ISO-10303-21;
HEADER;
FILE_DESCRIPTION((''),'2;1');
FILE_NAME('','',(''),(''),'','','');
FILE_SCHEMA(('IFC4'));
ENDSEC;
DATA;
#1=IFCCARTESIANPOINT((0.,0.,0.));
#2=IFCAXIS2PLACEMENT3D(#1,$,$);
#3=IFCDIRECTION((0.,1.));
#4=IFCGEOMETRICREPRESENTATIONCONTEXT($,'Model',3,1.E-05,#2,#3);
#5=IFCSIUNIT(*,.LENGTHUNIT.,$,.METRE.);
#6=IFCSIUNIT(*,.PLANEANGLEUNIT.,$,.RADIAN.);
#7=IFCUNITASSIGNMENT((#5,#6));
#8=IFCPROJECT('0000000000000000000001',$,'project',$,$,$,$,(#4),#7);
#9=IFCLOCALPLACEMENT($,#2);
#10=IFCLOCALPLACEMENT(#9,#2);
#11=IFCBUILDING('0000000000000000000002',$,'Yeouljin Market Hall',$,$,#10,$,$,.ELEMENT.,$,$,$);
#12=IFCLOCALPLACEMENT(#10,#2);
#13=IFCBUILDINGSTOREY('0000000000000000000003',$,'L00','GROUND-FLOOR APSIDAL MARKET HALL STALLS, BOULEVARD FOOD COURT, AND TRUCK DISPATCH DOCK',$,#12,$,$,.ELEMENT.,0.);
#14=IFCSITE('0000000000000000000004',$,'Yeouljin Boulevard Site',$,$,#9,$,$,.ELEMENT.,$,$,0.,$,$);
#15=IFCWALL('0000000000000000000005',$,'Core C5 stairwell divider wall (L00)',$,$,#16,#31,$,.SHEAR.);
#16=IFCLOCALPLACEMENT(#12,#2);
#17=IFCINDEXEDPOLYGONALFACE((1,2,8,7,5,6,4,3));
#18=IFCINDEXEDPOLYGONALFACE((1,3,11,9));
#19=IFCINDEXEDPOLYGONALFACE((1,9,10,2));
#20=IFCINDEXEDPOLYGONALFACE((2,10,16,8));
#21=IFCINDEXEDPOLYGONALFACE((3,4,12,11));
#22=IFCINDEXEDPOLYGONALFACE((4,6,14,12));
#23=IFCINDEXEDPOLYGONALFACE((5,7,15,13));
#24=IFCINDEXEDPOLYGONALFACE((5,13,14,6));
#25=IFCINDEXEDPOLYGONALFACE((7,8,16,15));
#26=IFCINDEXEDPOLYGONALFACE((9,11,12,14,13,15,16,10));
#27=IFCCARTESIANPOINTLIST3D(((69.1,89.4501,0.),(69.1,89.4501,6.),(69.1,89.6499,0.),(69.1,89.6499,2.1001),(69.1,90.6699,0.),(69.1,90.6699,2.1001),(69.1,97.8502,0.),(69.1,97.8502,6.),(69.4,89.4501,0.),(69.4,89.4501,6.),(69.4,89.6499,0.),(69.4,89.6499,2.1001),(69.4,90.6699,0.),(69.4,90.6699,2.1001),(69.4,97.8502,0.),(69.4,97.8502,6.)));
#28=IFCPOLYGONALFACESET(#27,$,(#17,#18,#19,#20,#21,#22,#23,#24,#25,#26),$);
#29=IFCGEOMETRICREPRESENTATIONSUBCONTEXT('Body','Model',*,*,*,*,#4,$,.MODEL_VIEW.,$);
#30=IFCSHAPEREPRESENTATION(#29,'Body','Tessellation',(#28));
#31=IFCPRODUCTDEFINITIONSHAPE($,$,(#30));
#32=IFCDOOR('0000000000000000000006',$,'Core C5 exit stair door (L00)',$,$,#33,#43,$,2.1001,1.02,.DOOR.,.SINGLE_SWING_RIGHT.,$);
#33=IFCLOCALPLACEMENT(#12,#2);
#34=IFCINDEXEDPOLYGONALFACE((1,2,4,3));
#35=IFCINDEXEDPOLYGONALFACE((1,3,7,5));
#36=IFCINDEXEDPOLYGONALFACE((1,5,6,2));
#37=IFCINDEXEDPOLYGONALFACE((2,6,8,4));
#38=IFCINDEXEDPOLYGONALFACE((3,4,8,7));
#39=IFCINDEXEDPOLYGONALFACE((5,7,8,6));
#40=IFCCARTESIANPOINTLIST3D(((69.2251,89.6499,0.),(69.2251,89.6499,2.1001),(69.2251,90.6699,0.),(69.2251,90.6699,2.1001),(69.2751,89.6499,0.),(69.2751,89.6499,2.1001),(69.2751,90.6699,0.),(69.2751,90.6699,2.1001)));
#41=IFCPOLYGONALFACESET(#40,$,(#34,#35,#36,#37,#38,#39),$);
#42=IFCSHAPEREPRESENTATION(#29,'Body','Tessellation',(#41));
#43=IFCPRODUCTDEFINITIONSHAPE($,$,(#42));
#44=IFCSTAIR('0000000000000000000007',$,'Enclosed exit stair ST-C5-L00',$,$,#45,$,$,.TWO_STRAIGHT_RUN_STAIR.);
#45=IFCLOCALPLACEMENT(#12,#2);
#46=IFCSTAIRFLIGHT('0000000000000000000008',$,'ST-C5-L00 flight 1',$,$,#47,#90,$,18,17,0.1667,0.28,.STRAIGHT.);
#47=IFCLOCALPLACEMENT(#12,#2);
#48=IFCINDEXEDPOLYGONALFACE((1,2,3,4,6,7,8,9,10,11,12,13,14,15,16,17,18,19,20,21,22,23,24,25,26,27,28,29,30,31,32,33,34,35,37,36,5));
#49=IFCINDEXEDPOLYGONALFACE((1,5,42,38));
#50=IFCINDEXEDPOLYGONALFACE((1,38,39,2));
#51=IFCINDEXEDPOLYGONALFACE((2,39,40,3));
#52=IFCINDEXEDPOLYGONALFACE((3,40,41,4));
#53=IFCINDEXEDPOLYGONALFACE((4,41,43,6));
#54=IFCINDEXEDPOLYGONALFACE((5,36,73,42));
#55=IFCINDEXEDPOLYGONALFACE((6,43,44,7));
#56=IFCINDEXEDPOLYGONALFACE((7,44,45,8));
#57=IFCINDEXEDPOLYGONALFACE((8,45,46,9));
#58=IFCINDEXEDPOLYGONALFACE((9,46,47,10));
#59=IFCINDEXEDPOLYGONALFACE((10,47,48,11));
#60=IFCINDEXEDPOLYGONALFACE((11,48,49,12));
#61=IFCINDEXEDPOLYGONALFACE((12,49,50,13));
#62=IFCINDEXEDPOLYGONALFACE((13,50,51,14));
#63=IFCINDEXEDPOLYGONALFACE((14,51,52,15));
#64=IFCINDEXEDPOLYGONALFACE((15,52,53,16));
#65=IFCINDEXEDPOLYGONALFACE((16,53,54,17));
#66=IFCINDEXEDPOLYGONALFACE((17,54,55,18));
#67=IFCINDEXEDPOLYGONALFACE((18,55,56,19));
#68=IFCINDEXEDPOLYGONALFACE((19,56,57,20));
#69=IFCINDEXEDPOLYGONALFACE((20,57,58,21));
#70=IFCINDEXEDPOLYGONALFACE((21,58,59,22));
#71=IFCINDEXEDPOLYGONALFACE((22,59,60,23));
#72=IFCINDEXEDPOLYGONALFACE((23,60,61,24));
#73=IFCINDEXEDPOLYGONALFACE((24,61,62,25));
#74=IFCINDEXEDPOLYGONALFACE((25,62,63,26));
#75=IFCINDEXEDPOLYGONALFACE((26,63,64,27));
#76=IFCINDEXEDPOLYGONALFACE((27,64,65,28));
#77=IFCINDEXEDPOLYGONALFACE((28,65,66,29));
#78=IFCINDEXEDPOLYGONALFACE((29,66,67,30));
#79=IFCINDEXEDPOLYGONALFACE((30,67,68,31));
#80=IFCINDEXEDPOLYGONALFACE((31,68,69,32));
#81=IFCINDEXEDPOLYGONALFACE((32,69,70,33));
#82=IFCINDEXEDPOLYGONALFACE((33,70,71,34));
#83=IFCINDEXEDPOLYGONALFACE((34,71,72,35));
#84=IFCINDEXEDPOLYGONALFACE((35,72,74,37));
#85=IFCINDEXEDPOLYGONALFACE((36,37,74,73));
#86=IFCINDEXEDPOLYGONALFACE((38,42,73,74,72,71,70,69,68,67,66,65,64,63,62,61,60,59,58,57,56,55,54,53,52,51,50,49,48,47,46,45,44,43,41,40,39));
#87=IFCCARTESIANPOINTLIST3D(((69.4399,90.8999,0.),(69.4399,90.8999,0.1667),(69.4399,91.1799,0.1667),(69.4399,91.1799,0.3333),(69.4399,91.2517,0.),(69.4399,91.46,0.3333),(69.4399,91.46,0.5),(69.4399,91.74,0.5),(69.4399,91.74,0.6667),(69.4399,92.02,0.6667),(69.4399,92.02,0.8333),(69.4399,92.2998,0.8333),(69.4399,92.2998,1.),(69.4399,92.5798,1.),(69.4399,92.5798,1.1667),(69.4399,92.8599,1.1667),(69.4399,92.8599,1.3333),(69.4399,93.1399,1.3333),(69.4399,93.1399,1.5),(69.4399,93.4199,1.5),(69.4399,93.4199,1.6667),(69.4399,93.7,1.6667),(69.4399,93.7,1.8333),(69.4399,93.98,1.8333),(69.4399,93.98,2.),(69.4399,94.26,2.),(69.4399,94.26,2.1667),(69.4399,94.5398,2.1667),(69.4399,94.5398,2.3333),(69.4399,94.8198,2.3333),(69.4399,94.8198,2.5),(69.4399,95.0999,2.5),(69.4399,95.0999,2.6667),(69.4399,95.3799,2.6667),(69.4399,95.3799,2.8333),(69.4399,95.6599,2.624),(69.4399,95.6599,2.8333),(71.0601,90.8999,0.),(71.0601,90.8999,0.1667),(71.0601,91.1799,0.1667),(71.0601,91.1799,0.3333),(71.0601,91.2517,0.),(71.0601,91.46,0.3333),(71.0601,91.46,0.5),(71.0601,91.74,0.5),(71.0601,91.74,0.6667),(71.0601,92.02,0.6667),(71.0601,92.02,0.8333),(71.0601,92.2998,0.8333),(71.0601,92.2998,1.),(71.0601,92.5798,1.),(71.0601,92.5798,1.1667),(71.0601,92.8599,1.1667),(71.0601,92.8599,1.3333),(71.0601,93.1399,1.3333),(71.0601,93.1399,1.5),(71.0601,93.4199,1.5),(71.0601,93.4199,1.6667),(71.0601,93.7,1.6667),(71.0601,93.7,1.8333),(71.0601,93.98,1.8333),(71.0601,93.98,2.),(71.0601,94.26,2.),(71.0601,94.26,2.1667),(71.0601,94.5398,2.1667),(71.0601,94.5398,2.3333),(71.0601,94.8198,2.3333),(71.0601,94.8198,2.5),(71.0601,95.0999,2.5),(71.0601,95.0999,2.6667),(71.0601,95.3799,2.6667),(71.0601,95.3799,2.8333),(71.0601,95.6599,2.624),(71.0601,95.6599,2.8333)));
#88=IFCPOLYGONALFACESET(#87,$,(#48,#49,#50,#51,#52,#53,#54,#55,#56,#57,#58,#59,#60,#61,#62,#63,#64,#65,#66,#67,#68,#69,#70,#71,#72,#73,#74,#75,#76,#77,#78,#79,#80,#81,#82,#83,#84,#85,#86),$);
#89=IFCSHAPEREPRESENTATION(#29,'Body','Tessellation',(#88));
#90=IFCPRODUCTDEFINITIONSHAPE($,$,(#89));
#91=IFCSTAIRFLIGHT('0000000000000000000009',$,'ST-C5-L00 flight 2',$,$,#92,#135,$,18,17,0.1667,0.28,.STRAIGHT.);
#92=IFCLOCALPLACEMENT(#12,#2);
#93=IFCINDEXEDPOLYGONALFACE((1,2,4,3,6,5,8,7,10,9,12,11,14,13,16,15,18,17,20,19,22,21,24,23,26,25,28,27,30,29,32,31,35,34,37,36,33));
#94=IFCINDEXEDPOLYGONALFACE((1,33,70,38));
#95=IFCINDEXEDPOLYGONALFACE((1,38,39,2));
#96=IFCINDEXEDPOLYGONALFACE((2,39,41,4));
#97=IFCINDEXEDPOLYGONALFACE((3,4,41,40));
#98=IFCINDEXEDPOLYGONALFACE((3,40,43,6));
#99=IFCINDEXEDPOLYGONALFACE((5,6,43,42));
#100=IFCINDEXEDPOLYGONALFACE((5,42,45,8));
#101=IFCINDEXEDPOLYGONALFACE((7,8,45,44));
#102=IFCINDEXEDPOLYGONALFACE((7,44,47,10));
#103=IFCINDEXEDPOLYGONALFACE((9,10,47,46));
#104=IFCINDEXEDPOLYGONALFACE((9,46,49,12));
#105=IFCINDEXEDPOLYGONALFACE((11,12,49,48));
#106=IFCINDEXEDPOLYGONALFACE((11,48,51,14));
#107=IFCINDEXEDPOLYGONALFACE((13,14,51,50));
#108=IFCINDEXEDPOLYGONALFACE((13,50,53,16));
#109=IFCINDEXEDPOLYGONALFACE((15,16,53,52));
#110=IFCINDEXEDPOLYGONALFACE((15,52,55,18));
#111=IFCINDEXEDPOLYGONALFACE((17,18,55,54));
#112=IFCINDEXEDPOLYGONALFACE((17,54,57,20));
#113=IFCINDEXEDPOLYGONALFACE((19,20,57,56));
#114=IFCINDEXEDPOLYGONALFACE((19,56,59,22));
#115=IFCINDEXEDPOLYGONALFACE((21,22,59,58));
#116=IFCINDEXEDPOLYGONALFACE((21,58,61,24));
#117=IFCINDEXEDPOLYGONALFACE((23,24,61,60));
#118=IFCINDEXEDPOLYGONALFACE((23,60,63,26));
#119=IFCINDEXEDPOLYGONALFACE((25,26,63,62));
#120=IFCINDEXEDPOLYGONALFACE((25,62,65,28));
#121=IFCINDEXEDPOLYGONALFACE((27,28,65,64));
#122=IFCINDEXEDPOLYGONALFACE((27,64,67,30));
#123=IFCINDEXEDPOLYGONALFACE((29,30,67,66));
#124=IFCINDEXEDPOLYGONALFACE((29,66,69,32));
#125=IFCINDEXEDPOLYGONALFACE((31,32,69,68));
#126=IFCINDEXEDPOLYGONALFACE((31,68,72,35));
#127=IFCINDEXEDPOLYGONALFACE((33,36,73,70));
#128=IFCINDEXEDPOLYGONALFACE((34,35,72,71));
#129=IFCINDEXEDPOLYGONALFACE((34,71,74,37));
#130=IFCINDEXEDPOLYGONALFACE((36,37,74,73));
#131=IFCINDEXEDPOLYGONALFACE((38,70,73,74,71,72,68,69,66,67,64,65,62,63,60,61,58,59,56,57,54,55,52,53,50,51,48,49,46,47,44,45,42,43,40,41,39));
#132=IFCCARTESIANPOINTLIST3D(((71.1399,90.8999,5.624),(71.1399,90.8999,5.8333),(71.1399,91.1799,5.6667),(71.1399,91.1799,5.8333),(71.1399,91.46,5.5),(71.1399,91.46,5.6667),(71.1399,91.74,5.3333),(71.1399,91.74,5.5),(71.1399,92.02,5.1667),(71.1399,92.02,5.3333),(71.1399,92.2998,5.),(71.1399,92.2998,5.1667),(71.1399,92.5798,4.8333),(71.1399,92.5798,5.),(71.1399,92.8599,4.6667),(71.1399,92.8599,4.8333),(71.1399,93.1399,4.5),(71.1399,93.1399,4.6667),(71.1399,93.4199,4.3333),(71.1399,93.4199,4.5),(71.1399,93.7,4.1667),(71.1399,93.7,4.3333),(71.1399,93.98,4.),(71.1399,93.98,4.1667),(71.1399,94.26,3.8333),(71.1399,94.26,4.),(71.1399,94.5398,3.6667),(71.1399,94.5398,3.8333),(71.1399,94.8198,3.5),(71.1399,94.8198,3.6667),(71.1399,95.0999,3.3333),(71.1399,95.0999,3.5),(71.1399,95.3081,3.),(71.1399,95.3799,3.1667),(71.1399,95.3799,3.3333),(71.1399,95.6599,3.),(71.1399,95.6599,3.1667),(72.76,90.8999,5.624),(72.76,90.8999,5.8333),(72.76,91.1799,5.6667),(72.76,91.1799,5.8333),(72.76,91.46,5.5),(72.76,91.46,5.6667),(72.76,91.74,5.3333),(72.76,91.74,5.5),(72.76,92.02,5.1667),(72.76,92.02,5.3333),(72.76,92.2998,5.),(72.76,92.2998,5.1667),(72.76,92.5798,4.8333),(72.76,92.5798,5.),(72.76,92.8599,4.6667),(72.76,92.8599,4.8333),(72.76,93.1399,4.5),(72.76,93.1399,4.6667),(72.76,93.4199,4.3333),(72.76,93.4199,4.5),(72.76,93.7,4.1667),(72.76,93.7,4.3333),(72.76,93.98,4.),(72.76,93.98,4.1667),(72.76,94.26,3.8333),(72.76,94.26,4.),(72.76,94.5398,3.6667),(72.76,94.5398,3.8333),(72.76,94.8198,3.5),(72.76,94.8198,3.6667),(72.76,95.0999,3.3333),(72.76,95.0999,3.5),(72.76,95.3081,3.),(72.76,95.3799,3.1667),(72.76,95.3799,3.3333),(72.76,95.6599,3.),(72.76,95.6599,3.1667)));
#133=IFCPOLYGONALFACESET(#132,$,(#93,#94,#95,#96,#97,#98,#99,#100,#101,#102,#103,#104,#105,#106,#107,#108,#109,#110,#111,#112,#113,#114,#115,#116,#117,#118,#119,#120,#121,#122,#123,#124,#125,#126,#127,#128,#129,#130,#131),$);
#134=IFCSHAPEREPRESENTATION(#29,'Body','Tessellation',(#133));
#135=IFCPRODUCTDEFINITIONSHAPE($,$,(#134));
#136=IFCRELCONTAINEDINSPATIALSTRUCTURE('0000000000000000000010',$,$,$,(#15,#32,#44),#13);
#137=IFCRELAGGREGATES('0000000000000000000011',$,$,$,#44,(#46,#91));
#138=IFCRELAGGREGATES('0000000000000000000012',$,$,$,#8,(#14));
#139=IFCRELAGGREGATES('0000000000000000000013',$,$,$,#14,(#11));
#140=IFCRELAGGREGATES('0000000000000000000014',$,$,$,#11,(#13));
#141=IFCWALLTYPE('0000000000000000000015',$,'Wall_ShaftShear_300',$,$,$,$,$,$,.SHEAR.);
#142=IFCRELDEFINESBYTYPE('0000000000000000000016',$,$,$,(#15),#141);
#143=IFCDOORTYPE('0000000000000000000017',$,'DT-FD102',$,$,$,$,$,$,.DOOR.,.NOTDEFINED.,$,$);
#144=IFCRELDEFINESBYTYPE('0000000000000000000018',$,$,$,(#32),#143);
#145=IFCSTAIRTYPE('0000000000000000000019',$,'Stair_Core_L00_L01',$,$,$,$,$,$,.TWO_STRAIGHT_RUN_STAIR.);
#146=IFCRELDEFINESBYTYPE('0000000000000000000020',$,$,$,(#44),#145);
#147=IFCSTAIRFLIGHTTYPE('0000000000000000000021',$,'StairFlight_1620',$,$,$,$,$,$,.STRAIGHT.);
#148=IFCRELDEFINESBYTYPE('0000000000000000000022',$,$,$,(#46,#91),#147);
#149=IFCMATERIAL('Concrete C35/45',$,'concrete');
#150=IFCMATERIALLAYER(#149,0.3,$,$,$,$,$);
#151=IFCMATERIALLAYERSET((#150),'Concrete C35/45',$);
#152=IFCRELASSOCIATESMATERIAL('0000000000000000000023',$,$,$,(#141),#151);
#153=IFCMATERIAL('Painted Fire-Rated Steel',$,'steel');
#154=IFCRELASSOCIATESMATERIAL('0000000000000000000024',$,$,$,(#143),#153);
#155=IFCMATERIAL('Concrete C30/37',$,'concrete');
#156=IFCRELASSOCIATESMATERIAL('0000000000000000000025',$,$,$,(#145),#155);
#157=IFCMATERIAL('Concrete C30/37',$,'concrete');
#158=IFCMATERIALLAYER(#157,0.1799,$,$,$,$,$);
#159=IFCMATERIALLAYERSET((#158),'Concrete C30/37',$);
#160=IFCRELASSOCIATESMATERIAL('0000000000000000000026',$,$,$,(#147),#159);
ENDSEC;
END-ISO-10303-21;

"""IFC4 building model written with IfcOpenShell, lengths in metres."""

from ifc_helpers import new_model, si_unit, direction, frame, frame_2d, origin, place, context, subcontext, project, spatial, polyline, rectangle, outline, extrude, material, layer, layer_set, type_object, element, fill, aggregate, save


model = new_model("IFC4")

# Units and contexts
model_context = context("Model", 3, precision=1e-05, world=origin(), true_north=direction((0.0, 1.0)))
body_context = subcontext(model_context, "Body", "Model", "MODEL_VIEW")
ifc_project = project(units=[si_unit("LENGTHUNIT", "METRE"), si_unit("PLANEANGLEUNIT", "RADIAN")], contexts=[model_context])

# Site, building, storey
site_placement = place(None, origin())
site = spatial("IfcSite", under=ifc_project, at=site_placement, Name="Yeouljin Boulevard Site", CompositionType="ELEMENT", RefElevation=0.0)
building_placement = place(site_placement, origin())
building = spatial("IfcBuilding", under=site, at=building_placement, Name="Yeouljin Market Hall", CompositionType="ELEMENT")
storey_placement = place(building_placement, origin())
storey = spatial("IfcBuildingStorey", under=building, at=storey_placement, Name="L00", Description="GROUND-FLOOR APSIDAL MARKET HALL STALLS, BOULEVARD FOOD COURT, AND TRUCK DISPATCH DOCK", CompositionType="ELEMENT", Elevation=0.0)

# Wall, opening, door
ifc_material_1 = material(Name="Concrete C35/45", Category="concrete")
ifc_layer_1 = layer(ifc_material_1, 0.3)
ifc_layer_set_1 = layer_set([ifc_layer_1], Name="Concrete C35/45")
wall_type_1 = type_object("IfcWallType", Name="Wall_ShaftShear_300", PredefinedType="SHEAR", material=ifc_layer_set_1)
wall_1_placement = place(storey_placement, frame((69.25, 89.45, 0.0), z_axis=(0.0, 0.0, 1.0), x_axis=(0.0, 1.0, 0.0)))
wall_1 = element("IfcWall", 1, at=wall_1_placement, inside=storey, type_object=wall_type_1, Name="Core C5 stairwell divider wall (L00)", PredefinedType="SHEAR", context=body_context, shape_type="SweptSolid", body=[
    extrude(rectangle(XDim=8.4001, YDim=0.3, at=frame_2d((4.2002, 0.0))), origin(), (0.0, 0.0, 1.0), 6.0),
])
opening_1_placement = place(wall_1_placement, frame((0.2, 0.0, 0.0)))
opening_1 = element("IfcOpeningElement", 2, at=opening_1_placement, cuts=wall_1, PredefinedType="OPENING", context=body_context, shape_type="SweptSolid", body=[
    extrude(rectangle(XDim=1.02, YDim=2.1001, at=frame_2d((0.51, 1.05))), frame((0.0, 0.1599, 0.0), z_axis=(0.0, -1.0, 0.0), x_axis=(1.0, 0.0, 0.0)), (0.0, 0.0, 1.0), 0.3201),
])
ifc_material_2 = material(Name="Painted Fire-Rated Steel", Category="steel")
door_type_1 = type_object("IfcDoorType", Name="DT-FD102", OperationType="NOTDEFINED", PredefinedType="DOOR", material=ifc_material_2)
door_1_placement = place(opening_1_placement, origin())
door_1 = element("IfcDoor", 3, at=door_1_placement, inside=storey, type_object=door_type_1, Name="Core C5 exit stair door (L00)", OperationType="SINGLE_SWING_RIGHT", OverallHeight=2.1001, OverallWidth=1.02, PredefinedType="DOOR", context=body_context, shape_type="SweptSolid", body=[
    extrude(rectangle(XDim=1.02, YDim=2.1001, at=frame_2d((0.51, 1.05))), frame((0.0, 0.0249, 0.0), z_axis=(0.0, -1.0, 0.0), x_axis=(1.0, 0.0, 0.0)), (0.0, 0.0, 1.0), 0.05),
])
fill(opening_1, door_1)

# Stair, stair flights
ifc_material_3 = material(Name="Concrete C30/37", Category="concrete")
stair_type = type_object("IfcStairType", Name="Stair_Core_L00_L01", PredefinedType="TWO_STRAIGHT_RUN_STAIR", material=ifc_material_3)
stair_placement = place(storey_placement, origin())
stair = element("IfcStair", 4, at=stair_placement, inside=storey, type_object=stair_type, Name="Enclosed exit stair ST-C5-L00", PredefinedType="TWO_STRAIGHT_RUN_STAIR")
ifc_material_4 = material(Name="Concrete C30/37", Category="concrete")
ifc_layer_2 = layer(ifc_material_4, 0.1799)
ifc_layer_set_2 = layer_set([ifc_layer_2], Name="Concrete C30/37")
stair_flight_type = type_object("IfcStairFlightType", Name="StairFlight_1620", PredefinedType="STRAIGHT", material=ifc_layer_set_2)
stair_flight_1_placement = place(storey_placement, frame((70.25, 90.8999, 0.0), z_axis=(0.0, 0.0, 1.0), x_axis=(0.0, 1.0, 0.0)))
stair_flight_1 = element("IfcStairFlight", 5, at=stair_flight_1_placement, type_object=stair_flight_type, Name="ST-C5-L00 flight 1", NumberOfRisers=18, NumberOfTreads=17, PredefinedType="STRAIGHT", RiserHeight=0.1667, TreadLength=0.28, context=body_context, shape_type="SweptSolid", body=[
    extrude(outline(polyline([(0.0, 0.0), (0.0, 0.1667), (0.28, 0.1667), (0.28, 0.3333), (0.5601, 0.3333), (0.5601, 0.5), (0.8401, 0.5), (0.8401, 0.6667), (1.1201, 0.6667), (1.1201, 0.8333), (1.3999, 0.8333), (1.3999, 1.0), (1.6799, 1.0), (1.6799, 1.1667), (1.96, 1.1667), (1.96, 1.3333), (2.24, 1.3333), (2.24, 1.5), (2.52, 1.5), (2.52, 1.6667), (2.8, 1.6667), (2.8, 1.8333), (3.0801, 1.8333), (3.0801, 2.0), (3.3601, 2.0), (3.3601, 2.1667), (3.6399, 2.1667), (3.6399, 2.3333), (3.9199, 2.3333), (3.9199, 2.5), (4.2, 2.5), (4.2, 2.6667), (4.48, 2.6667), (4.48, 2.8333), (4.76, 2.8333), (4.76, 3.0), (4.76, 2.624), (0.3518, 0.0), (0.0, 0.0)])), frame((0.0, 0.8101, 0.0), z_axis=(0.0, -1.0, 0.0), x_axis=(1.0, 0.0, 0.0)), (0.0, 0.0, 1.0), 1.6201),
])
stair_flight_2_placement = place(storey_placement, frame((71.95, 95.6599, 3.0), z_axis=(0.0, 0.0, 1.0), x_axis=(0.0, -1.0, 0.0)))
stair_flight_2 = element("IfcStairFlight", 6, at=stair_flight_2_placement, type_object=stair_flight_type, Name="ST-C5-L00 flight 2", NumberOfRisers=18, NumberOfTreads=17, PredefinedType="STRAIGHT", RiserHeight=0.1667, TreadLength=0.28, context=body_context, shape_type="SweptSolid", body=[
    extrude(outline(polyline([(0.0, 0.0), (0.0, 0.1667), (0.28, 0.1667), (0.28, 0.3333), (0.5601, 0.3333), (0.5601, 0.5), (0.8401, 0.5), (0.8401, 0.6667), (1.1201, 0.6667), (1.1201, 0.8333), (1.3999, 0.8333), (1.3999, 1.0), (1.6799, 1.0), (1.6799, 1.1667), (1.96, 1.1667), (1.96, 1.3333), (2.24, 1.3333), (2.24, 1.5), (2.52, 1.5), (2.52, 1.6667), (2.8, 1.6667), (2.8, 1.8333), (3.0801, 1.8333), (3.0801, 2.0), (3.3601, 2.0), (3.3601, 2.1667), (3.6399, 2.1667), (3.6399, 2.3333), (3.9199, 2.3333), (3.9199, 2.5), (4.2, 2.5), (4.2, 2.6667), (4.48, 2.6667), (4.48, 2.8333), (4.76, 2.8333), (4.76, 3.0), (4.76, 2.624), (0.3518, 0.0), (0.0, 0.0)])), frame((0.0, 0.8101, 0.0), z_axis=(0.0, -1.0, 0.0), x_axis=(1.0, 0.0, 0.0)), (0.0, 0.0, 1.0), 1.6201),
])
aggregate(stair, [stair_flight_1, stair_flight_2])

save(model, "model.ifc")
